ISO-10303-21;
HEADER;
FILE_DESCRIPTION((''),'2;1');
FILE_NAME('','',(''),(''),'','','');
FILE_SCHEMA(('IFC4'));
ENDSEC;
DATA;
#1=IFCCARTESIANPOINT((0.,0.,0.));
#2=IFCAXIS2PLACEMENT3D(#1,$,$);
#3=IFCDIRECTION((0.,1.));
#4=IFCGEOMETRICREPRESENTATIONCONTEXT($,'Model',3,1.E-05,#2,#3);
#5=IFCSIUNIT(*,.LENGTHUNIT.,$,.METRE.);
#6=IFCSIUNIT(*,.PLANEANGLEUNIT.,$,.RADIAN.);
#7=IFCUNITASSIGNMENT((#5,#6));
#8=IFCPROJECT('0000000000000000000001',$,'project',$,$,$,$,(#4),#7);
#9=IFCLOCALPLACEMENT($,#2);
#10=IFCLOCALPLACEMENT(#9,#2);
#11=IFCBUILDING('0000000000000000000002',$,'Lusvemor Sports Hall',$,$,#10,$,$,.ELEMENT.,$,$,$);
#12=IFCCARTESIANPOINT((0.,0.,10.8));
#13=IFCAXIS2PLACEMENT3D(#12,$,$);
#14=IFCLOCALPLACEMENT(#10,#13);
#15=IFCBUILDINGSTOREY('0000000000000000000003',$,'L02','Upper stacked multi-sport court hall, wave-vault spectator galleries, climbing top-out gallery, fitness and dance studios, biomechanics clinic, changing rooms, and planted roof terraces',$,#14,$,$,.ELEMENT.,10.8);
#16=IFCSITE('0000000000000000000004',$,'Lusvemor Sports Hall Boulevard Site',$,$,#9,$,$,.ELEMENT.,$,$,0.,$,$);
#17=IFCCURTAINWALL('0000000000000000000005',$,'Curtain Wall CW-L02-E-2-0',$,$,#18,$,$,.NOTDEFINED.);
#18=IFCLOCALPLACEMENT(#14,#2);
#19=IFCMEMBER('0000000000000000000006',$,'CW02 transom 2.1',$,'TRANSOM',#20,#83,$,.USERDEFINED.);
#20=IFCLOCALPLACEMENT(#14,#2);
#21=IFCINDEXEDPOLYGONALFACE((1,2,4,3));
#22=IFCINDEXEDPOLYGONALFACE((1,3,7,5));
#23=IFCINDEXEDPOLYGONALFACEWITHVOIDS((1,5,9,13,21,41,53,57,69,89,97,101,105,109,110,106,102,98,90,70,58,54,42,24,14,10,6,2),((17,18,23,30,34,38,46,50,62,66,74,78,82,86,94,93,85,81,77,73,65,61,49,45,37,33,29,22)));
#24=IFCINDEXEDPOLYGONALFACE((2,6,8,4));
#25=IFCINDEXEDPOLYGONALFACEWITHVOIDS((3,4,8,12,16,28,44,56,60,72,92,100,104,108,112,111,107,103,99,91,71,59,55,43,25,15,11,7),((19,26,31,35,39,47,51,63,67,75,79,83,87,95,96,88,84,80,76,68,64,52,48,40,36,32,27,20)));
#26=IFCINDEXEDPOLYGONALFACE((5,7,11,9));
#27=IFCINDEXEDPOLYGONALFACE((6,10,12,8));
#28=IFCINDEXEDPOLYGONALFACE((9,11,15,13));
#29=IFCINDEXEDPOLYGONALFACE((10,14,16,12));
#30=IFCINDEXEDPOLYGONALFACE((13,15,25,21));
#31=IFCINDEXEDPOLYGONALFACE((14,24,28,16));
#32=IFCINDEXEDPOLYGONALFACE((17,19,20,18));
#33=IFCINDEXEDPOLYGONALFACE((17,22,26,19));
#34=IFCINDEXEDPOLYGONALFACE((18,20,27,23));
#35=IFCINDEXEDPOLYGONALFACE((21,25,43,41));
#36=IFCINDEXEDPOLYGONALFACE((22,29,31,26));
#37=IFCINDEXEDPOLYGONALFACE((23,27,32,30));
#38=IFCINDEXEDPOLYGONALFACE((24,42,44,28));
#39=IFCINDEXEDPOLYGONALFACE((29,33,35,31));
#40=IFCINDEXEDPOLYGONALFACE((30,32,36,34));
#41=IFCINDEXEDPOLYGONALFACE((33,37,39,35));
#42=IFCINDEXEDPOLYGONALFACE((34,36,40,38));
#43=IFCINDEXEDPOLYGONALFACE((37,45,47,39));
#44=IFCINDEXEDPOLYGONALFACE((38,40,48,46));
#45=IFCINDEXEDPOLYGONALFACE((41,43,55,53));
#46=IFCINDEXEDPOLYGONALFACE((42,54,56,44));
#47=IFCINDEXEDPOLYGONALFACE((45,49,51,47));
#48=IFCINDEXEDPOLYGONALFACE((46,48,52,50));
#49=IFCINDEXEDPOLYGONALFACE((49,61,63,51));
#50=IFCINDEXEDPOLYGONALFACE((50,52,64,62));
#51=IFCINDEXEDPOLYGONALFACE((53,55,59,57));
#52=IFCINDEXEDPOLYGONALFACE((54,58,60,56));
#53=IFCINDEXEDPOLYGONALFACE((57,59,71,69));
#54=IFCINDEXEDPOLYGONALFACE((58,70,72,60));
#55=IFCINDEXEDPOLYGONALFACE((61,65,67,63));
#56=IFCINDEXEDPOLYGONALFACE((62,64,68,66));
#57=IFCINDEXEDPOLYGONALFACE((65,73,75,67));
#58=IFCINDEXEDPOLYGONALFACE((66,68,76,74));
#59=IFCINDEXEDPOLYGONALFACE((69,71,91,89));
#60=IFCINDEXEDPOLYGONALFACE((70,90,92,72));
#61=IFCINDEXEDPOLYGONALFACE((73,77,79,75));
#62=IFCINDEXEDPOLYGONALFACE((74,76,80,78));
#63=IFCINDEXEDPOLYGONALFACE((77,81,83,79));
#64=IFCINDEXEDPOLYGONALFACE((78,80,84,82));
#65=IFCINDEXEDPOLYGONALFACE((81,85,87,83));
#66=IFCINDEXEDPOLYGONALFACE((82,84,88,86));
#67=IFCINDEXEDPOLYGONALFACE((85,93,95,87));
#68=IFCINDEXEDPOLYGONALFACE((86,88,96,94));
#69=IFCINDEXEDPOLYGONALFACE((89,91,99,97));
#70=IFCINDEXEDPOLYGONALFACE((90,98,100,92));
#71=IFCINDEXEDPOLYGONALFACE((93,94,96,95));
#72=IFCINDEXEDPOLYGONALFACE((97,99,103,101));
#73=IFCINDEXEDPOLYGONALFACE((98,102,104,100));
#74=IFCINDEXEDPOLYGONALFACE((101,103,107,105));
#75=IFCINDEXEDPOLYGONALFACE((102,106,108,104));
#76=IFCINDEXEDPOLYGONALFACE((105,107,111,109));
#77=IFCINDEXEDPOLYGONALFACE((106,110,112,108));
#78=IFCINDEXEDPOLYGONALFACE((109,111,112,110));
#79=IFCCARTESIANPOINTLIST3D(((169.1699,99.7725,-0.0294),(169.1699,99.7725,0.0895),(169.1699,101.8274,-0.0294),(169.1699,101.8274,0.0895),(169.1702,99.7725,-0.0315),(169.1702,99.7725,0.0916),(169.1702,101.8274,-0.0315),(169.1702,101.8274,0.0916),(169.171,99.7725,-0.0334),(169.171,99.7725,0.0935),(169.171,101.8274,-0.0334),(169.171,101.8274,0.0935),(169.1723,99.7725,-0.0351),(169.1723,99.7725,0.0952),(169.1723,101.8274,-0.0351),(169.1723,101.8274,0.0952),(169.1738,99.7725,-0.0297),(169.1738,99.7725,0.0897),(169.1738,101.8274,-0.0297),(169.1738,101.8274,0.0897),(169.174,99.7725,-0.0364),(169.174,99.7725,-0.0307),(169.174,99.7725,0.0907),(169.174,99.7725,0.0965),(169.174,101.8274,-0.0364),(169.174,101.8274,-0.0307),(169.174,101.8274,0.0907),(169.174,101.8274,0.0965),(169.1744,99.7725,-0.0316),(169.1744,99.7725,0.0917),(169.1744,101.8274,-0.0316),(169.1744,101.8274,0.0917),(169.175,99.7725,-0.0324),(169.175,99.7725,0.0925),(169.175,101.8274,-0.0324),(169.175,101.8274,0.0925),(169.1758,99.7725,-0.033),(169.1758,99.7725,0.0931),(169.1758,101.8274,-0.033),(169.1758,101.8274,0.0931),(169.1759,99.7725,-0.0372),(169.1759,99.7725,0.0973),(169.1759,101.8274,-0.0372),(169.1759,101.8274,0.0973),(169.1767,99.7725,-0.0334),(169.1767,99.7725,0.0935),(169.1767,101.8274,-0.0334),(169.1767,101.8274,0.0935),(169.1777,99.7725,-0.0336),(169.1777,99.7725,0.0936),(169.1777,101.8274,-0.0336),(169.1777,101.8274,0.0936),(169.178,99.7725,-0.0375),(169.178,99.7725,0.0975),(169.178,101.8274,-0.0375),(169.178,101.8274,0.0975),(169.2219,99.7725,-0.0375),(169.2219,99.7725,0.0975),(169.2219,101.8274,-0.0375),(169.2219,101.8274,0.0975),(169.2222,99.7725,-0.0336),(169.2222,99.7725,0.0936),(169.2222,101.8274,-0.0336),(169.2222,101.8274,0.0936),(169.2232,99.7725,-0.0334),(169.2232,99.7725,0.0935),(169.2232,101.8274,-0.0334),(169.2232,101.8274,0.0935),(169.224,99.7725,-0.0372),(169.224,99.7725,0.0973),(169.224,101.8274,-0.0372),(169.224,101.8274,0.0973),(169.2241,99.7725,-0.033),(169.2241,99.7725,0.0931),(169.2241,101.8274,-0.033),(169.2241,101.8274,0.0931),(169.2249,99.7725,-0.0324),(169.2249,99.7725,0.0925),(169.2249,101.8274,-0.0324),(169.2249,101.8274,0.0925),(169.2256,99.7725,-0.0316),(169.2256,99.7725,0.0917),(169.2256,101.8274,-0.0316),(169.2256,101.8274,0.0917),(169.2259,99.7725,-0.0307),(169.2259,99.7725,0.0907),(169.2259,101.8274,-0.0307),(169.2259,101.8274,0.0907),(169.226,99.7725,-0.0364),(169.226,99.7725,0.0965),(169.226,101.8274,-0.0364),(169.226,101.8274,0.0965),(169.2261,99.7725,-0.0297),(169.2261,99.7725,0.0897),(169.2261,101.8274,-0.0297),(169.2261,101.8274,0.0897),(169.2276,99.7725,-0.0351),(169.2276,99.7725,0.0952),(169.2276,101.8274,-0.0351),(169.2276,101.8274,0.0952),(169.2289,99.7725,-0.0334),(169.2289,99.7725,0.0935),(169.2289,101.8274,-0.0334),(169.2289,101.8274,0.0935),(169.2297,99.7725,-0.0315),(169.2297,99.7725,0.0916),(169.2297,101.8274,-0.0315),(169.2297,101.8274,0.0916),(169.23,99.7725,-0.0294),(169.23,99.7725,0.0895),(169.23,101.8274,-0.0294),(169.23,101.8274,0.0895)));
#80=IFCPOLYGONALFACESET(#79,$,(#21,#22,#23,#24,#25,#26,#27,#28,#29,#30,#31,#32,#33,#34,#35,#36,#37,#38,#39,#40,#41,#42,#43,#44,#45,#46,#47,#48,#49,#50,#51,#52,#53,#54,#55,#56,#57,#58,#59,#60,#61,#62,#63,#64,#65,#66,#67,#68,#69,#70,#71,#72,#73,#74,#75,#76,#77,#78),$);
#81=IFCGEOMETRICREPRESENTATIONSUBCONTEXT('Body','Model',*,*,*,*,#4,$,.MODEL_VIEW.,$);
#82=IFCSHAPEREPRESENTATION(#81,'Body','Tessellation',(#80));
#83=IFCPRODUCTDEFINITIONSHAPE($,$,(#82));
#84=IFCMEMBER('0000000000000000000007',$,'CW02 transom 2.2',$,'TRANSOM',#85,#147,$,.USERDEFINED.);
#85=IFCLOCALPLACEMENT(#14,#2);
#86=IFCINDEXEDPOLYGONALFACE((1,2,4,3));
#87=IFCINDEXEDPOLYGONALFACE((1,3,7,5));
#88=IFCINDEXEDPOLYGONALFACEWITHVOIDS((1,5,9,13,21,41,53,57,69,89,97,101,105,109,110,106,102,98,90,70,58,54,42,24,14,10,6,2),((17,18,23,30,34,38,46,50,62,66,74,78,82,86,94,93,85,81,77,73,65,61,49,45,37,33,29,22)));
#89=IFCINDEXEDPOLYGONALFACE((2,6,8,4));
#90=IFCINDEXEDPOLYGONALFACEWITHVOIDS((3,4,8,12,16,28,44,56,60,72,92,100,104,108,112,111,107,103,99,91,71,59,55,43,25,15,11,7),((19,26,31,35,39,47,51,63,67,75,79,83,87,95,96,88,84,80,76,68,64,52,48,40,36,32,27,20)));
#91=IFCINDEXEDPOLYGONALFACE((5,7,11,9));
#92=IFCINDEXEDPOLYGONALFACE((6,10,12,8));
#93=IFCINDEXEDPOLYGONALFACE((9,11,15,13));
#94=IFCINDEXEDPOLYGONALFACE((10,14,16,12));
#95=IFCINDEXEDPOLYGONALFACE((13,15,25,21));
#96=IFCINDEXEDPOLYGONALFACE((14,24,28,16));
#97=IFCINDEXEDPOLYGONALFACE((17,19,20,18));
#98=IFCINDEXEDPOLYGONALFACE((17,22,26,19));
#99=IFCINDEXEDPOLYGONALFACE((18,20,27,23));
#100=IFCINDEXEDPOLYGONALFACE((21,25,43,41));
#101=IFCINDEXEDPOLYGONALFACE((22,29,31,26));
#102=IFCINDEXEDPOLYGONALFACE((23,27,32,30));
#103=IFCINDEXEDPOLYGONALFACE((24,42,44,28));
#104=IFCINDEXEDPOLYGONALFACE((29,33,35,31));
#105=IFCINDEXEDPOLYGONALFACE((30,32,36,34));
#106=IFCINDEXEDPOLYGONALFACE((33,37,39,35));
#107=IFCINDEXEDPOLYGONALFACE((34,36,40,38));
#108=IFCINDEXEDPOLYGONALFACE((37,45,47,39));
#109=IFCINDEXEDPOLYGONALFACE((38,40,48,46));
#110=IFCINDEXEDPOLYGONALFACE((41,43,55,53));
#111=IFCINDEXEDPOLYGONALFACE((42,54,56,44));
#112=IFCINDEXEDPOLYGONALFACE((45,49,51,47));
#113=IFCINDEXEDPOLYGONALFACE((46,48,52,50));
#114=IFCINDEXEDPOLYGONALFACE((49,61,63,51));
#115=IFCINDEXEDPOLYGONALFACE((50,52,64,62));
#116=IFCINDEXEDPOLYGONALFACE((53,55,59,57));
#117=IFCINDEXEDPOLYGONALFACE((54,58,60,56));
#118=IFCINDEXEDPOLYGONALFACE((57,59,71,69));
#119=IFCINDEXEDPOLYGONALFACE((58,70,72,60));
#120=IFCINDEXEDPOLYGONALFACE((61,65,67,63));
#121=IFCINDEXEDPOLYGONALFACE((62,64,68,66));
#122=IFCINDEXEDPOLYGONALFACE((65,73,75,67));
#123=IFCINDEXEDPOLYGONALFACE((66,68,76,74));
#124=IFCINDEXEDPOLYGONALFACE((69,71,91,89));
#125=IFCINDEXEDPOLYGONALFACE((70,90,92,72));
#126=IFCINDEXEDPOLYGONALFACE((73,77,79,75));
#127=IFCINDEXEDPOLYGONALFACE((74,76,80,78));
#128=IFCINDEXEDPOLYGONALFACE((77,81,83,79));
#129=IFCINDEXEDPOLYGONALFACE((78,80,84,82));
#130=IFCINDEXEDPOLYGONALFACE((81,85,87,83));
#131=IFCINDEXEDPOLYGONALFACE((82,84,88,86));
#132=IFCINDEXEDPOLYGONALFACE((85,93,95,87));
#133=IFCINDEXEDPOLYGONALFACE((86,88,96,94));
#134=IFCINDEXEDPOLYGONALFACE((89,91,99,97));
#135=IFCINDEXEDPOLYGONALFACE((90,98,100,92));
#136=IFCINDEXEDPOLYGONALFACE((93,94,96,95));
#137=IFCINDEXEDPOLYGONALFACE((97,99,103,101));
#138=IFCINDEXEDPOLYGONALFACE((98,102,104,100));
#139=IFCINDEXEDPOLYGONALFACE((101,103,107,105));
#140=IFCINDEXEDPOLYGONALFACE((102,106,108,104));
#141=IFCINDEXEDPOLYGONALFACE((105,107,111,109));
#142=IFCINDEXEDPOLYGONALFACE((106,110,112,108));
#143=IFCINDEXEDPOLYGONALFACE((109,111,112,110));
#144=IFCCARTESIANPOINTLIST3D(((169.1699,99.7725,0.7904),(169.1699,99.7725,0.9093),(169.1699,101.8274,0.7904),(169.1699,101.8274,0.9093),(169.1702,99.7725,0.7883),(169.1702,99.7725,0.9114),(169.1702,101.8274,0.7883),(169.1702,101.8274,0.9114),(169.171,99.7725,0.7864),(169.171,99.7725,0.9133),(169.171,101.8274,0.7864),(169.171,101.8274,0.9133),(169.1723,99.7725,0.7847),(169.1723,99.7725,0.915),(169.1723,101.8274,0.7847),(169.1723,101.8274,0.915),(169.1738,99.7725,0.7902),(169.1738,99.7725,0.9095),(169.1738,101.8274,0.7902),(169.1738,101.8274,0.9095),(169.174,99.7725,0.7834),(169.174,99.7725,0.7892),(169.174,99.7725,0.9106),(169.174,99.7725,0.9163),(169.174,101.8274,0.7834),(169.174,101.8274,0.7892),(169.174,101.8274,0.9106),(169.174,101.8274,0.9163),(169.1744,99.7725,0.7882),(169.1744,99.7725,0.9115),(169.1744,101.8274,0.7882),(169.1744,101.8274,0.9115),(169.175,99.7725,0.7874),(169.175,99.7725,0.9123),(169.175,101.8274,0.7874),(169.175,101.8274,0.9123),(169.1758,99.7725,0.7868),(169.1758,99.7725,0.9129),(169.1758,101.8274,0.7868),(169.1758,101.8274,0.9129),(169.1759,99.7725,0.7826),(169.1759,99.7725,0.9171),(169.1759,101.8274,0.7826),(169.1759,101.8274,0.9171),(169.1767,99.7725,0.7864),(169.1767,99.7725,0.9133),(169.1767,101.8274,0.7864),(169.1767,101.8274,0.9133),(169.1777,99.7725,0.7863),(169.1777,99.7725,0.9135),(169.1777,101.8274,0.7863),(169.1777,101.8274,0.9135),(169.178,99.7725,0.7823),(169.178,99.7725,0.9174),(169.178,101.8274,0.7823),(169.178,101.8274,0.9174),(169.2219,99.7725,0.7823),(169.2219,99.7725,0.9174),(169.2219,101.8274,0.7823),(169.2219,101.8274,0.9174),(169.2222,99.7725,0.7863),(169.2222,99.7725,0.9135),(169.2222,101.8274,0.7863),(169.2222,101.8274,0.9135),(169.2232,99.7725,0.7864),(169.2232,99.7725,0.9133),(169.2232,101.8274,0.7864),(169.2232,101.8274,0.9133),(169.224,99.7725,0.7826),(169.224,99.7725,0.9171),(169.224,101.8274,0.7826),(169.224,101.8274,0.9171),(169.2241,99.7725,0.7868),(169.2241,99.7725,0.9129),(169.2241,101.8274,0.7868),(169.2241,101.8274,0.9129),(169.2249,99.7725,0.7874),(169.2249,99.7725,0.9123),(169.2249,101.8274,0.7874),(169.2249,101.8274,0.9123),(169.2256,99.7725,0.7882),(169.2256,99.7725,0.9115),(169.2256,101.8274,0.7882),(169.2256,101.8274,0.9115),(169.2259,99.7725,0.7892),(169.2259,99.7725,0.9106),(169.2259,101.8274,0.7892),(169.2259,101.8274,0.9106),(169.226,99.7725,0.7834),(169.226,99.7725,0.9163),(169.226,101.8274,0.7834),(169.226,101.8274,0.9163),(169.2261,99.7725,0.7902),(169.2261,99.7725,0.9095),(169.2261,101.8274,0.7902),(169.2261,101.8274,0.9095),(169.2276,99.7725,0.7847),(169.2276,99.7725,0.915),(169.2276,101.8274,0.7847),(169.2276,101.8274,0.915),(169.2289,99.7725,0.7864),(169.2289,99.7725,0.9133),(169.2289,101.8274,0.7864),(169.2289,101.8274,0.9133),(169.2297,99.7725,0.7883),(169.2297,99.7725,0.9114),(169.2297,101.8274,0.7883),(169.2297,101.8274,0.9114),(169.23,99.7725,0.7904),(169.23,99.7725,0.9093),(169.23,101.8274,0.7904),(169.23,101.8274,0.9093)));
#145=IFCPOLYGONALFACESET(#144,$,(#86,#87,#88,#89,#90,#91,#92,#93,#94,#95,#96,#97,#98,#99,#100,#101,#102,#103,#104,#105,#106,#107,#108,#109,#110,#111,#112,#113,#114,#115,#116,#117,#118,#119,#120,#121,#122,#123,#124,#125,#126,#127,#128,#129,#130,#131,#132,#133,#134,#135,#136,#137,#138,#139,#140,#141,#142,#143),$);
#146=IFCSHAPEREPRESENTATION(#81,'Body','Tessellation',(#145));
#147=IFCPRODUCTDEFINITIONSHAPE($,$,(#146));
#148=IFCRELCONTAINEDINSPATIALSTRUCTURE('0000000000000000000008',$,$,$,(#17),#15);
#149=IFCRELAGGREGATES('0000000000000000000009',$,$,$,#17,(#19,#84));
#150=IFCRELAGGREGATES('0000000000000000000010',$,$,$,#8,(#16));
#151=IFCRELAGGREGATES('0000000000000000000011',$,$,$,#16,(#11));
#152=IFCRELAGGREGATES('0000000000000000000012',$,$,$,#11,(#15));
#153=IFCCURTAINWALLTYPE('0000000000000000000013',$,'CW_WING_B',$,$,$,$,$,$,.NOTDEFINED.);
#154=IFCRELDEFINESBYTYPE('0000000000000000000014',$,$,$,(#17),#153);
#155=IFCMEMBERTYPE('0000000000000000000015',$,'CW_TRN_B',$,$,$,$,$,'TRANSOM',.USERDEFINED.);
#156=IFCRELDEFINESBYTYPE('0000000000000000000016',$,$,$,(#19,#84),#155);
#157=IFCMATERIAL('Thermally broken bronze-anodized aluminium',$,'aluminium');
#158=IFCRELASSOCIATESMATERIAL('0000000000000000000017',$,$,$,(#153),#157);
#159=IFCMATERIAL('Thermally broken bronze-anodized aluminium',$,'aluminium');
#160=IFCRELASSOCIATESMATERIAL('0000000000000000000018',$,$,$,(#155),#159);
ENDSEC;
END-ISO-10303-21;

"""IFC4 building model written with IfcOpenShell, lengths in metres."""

from ifc_helpers import new_model, si_unit, direction, frame, origin, origin_2d, place, context, subcontext, project, spatial, hollow_rectangle, extrude, material, material_profile, profile_set, type_object, element, aggregate, save


model = new_model("IFC4")

# Units and contexts
model_context = context("Model", 3, precision=1e-05, world=origin(), true_north=direction((0.0, 1.0)))
body_context = subcontext(model_context, "Body", "Model", "MODEL_VIEW")
ifc_project = project(units=[si_unit("LENGTHUNIT", "METRE"), si_unit("PLANEANGLEUNIT", "RADIAN")], contexts=[model_context])

# Site, building, storey
site_placement = place(None, origin())
site = spatial("IfcSite", under=ifc_project, at=site_placement, Name="Lusvemor Sports Hall Boulevard Site", CompositionType="ELEMENT", RefElevation=0.0)
building_placement = place(site_placement, origin())
building = spatial("IfcBuilding", under=site, at=building_placement, Name="Lusvemor Sports Hall", CompositionType="ELEMENT")
storey_placement = place(building_placement, frame((0.0, 0.0, 10.8)))
storey = spatial("IfcBuildingStorey", under=building, at=storey_placement, Name="L02", Description="Upper stacked multi-sport court hall, wave-vault spectator galleries, climbing top-out gallery, fitness and dance studios, biomechanics clinic, changing rooms, and planted roof terraces", CompositionType="ELEMENT", Elevation=10.8)

# Curtain wall, members
ifc_material_1 = material(Name="Thermally broken bronze-anodized aluminium", Category="aluminium")
curtain_wall_type = type_object("IfcCurtainWallType", Name="CW_WING_B", PredefinedType="NOTDEFINED", material=ifc_material_1)
curtain_wall_placement = place(storey_placement, origin())
curtain_wall = element("IfcCurtainWall", 1, at=curtain_wall_placement, inside=storey, type_object=curtain_wall_type, Name="Curtain Wall CW-L02-E-2-0", PredefinedType="NOTDEFINED")
ifc_material_2 = material(Name="Thermally broken bronze-anodized aluminium", Category="aluminium")
ifc_material_profile_1 = material_profile(ifc_material_2, hollow_rectangle(XDim=0.0601, YDim=0.135, WallThickness=0.0039, InnerFilletRadius=0.0039, OuterFilletRadius=0.0081, at=origin_2d()), Name="CWTRN135x60x4")
ifc_profile_set_1 = profile_set([ifc_material_profile_1], Name="Thermally broken bronze-anodized aluminium")
member_type_1 = type_object("IfcMemberType", Name="CW_TRN_B", ElementType="TRANSOM", PredefinedType="USERDEFINED", material=ifc_profile_set_1)
member_1_placement = place(storey_placement, frame((169.2, 101.8274, 0.03), z_axis=(0.0, -1.0, 0.0), x_axis=(1.0, 0.0, 0.0)))
member_1 = element("IfcMember", 2, at=member_1_placement, type_object=member_type_1, Name="CW02 transom 2.1", ObjectType="TRANSOM", PredefinedType="USERDEFINED", context=body_context, shape_type="SweptSolid", body=[
    extrude(hollow_rectangle(XDim=0.0601, YDim=0.135, WallThickness=0.0039, InnerFilletRadius=0.0039, OuterFilletRadius=0.0081, at=origin_2d()), origin(), (0.0, 0.0, 1.0), 2.0549),
])
member_2_placement = place(storey_placement, frame((169.2, 101.8274, 0.8499), z_axis=(0.0, -1.0, 0.0), x_axis=(1.0, 0.0, 0.0)))
member_2 = element("IfcMember", 3, at=member_2_placement, type_object=member_type_1, Name="CW02 transom 2.2", ObjectType="TRANSOM", PredefinedType="USERDEFINED", context=body_context, shape_type="SweptSolid", body=[
    extrude(hollow_rectangle(XDim=0.0601, YDim=0.135, WallThickness=0.0039, InnerFilletRadius=0.0039, OuterFilletRadius=0.0081, at=origin_2d()), origin(), (0.0, 0.0, 1.0), 2.0549),
])
aggregate(curtain_wall, [member_1, member_2])

save(model, "model.ifc")
